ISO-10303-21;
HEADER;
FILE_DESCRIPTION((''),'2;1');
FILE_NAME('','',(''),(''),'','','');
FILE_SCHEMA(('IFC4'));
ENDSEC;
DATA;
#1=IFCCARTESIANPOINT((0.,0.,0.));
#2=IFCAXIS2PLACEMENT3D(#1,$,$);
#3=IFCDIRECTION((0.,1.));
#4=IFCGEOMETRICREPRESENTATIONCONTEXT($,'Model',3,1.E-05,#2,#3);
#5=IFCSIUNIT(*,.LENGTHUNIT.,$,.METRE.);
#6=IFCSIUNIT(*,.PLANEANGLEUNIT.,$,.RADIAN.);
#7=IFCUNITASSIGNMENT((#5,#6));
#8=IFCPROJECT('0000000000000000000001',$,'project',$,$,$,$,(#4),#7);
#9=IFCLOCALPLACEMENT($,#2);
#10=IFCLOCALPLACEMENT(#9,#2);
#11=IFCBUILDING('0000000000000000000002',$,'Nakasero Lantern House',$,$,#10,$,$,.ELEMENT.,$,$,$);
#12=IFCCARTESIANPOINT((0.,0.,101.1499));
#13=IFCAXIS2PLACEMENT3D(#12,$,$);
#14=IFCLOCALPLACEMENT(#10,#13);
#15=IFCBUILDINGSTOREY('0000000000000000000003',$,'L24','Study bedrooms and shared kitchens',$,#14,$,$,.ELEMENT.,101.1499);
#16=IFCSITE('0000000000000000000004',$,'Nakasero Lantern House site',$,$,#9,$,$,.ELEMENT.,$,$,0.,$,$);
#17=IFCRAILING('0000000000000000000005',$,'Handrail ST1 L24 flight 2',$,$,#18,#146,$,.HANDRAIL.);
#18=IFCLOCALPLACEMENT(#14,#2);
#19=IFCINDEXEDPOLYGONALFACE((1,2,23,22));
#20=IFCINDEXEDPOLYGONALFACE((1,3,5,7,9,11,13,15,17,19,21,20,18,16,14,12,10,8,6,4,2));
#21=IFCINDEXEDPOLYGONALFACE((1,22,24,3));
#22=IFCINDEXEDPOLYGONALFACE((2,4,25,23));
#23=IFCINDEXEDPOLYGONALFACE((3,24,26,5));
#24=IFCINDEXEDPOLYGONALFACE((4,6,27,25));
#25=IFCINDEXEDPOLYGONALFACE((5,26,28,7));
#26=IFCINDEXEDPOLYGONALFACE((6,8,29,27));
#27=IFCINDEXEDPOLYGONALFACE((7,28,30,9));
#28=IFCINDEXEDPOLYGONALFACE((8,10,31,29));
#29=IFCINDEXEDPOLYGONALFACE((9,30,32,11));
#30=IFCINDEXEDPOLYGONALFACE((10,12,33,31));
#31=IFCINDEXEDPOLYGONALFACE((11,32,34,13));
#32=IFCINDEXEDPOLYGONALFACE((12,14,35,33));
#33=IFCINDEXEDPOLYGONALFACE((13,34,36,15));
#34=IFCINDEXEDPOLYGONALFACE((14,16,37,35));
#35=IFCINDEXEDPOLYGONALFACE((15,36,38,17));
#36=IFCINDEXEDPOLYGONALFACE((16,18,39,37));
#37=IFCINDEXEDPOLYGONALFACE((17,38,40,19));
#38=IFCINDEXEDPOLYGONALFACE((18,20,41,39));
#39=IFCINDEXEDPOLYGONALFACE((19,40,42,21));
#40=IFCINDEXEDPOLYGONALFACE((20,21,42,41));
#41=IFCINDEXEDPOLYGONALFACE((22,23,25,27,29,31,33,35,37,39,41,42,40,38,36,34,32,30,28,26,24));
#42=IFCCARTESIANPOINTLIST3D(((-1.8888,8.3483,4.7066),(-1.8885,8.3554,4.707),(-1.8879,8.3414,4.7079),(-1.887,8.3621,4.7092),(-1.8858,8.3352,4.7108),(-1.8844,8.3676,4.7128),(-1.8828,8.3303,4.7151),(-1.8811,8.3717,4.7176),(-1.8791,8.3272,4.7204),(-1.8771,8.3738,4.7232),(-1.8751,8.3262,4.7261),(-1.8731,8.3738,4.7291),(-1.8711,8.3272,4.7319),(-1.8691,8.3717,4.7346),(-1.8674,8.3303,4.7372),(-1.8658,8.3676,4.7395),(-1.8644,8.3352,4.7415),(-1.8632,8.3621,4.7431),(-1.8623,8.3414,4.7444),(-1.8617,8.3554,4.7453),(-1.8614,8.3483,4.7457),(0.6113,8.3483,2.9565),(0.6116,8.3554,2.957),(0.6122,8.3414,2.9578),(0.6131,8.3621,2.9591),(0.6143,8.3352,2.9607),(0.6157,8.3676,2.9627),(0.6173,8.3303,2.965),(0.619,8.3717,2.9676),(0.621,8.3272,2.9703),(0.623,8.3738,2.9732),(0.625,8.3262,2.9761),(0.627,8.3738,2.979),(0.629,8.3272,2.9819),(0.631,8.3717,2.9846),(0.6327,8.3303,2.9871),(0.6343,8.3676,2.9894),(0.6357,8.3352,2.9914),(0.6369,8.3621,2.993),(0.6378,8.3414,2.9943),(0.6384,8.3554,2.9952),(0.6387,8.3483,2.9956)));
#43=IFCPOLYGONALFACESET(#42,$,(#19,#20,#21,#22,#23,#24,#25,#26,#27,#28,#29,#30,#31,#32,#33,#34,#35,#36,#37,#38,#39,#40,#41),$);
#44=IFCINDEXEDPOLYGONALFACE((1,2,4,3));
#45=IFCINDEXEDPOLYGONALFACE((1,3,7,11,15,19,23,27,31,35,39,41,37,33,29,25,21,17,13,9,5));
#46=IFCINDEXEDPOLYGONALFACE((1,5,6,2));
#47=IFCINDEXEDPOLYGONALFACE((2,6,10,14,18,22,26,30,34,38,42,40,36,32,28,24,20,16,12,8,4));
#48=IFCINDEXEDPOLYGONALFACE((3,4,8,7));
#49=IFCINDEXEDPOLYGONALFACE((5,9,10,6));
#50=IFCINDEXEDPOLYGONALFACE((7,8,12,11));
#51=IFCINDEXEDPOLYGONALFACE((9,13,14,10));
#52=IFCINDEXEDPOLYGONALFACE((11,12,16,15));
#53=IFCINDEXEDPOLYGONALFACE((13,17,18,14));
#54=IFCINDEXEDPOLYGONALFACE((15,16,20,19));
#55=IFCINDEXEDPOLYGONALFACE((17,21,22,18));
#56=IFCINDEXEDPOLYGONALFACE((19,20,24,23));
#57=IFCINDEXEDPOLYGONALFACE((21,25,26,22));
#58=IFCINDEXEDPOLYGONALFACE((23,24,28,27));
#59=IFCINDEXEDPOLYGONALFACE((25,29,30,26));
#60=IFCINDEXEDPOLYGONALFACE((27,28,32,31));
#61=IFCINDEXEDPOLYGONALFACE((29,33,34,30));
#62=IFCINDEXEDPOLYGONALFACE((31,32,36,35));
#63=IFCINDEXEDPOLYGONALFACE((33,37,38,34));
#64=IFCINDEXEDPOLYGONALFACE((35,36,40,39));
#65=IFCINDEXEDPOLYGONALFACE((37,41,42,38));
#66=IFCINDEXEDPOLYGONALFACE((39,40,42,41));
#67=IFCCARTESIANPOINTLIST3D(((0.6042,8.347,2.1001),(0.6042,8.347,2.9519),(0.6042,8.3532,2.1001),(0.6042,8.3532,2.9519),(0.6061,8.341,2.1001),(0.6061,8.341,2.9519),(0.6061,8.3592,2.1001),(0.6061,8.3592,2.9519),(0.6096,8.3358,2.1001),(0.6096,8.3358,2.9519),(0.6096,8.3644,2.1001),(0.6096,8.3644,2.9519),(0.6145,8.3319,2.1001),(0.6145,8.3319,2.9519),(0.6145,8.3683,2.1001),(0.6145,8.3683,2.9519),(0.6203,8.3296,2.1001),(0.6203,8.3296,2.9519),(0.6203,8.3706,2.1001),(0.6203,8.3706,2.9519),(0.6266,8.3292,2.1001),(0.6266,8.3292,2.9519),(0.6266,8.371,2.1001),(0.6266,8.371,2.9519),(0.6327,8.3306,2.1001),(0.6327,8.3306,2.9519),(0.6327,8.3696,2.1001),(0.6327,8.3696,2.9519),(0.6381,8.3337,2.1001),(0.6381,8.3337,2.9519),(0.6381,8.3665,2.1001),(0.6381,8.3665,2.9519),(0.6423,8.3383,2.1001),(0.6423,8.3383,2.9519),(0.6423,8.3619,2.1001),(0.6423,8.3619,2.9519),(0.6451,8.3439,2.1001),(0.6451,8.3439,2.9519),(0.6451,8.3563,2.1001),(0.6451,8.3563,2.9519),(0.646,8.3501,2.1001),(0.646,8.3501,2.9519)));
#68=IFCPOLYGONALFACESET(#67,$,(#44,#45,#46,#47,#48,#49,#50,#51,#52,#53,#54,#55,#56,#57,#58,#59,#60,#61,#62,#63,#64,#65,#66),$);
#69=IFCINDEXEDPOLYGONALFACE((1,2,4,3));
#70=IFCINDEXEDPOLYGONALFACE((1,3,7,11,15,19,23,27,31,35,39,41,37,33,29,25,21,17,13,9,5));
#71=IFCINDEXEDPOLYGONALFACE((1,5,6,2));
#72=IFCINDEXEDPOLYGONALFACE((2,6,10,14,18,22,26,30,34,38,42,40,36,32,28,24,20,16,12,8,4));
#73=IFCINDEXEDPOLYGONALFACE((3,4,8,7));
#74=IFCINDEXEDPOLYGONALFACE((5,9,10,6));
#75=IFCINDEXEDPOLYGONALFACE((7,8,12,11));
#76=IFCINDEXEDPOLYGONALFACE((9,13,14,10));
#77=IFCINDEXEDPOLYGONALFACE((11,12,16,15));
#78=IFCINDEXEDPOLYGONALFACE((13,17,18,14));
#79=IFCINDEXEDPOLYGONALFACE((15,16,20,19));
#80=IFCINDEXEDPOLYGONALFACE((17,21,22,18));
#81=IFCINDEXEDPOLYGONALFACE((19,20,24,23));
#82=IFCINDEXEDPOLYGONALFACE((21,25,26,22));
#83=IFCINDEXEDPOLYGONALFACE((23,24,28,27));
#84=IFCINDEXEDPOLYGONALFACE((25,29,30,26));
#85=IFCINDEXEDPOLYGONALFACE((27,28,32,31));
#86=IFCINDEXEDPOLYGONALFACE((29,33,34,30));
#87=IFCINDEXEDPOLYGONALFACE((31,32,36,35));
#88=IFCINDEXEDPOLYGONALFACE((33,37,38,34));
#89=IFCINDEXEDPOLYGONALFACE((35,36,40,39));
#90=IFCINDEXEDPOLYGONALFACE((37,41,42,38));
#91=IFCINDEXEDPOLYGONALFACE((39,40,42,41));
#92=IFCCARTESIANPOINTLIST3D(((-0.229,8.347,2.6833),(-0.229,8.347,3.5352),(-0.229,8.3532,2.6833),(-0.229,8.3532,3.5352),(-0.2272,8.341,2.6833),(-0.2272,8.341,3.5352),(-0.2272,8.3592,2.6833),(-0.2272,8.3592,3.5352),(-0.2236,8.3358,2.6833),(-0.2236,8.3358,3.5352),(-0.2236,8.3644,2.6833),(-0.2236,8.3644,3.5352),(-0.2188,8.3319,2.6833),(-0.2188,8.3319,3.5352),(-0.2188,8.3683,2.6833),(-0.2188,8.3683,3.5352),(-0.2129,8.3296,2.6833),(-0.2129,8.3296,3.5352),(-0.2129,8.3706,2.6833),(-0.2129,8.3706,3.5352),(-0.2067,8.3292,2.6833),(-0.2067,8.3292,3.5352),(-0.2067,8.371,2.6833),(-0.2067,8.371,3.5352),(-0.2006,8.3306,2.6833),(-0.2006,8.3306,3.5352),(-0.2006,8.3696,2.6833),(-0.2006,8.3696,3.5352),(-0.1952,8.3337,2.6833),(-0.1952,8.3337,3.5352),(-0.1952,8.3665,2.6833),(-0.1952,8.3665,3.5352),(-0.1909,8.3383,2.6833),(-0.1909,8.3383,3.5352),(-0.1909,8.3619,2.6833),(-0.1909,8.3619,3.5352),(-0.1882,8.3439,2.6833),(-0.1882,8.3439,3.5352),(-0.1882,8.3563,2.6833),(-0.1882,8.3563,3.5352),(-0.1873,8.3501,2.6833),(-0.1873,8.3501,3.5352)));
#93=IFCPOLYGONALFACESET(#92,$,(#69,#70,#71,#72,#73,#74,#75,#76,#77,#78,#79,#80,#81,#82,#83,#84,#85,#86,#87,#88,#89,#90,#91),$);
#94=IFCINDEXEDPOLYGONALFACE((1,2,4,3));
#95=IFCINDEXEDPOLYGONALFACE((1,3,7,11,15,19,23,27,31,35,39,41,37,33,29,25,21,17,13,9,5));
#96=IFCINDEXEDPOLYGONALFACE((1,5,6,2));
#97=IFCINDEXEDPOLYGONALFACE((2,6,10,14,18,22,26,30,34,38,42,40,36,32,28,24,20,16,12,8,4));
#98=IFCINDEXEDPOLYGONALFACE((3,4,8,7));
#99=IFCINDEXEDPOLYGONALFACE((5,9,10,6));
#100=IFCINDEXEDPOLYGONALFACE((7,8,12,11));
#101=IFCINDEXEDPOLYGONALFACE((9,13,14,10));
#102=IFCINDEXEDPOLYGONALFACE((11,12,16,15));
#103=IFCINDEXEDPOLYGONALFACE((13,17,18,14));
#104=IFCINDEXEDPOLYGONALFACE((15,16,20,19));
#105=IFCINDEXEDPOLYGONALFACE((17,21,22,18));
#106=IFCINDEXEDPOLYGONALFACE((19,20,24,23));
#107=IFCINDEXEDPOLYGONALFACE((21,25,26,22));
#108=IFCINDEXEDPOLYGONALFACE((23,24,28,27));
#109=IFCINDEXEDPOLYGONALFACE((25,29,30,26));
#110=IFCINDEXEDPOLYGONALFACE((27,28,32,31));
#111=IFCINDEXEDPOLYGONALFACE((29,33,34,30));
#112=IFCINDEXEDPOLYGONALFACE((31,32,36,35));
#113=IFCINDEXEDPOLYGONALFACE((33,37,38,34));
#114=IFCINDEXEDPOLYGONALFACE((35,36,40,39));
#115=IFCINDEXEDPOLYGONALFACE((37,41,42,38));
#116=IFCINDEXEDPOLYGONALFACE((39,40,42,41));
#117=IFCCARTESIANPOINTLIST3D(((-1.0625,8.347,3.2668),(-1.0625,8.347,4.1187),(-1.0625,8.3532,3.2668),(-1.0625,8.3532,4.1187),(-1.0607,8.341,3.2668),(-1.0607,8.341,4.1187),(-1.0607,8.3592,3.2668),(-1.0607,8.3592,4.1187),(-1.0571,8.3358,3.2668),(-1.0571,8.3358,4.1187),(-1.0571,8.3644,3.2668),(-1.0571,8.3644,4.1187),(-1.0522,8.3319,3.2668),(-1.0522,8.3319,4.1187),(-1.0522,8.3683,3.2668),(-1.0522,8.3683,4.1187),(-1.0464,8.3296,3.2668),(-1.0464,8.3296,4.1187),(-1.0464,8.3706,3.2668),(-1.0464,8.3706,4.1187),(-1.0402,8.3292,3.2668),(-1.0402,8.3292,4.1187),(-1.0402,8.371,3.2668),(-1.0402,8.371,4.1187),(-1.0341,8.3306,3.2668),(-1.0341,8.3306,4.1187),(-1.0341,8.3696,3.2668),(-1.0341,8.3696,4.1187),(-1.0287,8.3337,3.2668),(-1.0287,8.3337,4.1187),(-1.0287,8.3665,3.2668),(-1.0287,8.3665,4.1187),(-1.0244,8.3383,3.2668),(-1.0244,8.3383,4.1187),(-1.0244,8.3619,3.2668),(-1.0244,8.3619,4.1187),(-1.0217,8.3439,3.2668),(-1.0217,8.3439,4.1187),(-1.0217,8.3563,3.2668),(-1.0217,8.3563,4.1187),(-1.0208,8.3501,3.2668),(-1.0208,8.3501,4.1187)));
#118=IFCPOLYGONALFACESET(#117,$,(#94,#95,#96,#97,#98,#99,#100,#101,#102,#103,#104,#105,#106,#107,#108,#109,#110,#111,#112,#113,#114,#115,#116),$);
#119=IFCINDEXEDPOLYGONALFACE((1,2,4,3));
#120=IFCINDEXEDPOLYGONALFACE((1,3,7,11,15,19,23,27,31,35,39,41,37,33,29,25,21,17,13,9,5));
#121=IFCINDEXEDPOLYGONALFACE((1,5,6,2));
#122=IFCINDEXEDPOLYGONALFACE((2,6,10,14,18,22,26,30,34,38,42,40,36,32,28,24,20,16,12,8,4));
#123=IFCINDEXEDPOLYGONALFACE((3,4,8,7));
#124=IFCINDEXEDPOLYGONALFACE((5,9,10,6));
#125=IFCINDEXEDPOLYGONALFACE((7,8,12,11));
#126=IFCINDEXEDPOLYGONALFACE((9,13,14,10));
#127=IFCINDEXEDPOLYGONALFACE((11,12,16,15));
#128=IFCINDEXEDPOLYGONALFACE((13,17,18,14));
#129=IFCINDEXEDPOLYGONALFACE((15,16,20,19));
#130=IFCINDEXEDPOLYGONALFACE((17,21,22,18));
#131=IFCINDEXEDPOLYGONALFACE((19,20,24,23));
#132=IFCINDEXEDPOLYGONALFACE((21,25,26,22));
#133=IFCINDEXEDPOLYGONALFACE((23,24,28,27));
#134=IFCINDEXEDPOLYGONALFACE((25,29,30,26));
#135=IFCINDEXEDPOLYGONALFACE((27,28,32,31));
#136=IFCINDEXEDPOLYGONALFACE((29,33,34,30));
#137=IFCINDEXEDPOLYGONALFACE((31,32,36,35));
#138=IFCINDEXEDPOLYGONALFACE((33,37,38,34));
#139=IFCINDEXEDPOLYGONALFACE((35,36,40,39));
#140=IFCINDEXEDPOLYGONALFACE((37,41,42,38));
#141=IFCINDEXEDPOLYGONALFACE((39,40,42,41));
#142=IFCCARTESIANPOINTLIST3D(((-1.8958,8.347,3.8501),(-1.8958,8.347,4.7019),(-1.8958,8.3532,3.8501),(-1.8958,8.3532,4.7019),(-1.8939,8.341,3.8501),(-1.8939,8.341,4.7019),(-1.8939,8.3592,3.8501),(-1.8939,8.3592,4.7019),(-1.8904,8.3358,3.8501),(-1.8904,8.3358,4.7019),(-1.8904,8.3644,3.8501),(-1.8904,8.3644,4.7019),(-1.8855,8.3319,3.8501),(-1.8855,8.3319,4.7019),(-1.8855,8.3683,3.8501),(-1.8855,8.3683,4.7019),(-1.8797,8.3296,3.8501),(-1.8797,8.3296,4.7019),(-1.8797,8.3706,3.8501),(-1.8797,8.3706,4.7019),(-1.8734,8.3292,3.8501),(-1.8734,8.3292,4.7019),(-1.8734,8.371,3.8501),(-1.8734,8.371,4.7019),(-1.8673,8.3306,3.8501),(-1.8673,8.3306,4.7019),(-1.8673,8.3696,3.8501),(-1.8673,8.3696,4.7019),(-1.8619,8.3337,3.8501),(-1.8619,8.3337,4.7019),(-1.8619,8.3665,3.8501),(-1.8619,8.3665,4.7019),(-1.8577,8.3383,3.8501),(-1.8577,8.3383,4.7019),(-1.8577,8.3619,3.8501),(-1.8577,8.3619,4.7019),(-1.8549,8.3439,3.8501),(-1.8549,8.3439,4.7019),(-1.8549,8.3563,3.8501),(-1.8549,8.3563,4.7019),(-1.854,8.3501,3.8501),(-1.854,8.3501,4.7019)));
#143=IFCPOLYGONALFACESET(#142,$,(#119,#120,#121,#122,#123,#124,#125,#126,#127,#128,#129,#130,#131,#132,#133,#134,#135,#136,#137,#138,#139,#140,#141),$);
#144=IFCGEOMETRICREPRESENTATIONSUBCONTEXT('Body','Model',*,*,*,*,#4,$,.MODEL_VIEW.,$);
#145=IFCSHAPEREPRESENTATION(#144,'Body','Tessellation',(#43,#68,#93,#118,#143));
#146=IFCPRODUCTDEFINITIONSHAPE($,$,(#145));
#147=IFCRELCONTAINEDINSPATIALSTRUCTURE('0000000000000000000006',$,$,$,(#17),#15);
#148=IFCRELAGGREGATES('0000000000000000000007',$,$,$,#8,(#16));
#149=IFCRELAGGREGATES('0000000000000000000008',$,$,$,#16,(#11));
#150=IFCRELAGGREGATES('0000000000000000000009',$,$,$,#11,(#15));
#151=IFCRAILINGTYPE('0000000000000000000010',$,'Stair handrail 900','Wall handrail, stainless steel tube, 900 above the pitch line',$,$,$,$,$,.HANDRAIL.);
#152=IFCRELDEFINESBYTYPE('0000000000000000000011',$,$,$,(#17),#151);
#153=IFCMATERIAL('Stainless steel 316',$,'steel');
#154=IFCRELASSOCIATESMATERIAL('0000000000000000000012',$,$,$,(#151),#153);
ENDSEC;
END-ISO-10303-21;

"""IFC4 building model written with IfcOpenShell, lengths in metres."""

from ifc_helpers import new_model, si_unit, direction, frame, origin, origin_2d, place, context, subcontext, project, spatial, circle, extrude, material, type_object, element, save


model = new_model("IFC4")

# Units and contexts
model_context = context("Model", 3, precision=1e-05, world=origin(), true_north=direction((0.0, 1.0)))
body_context = subcontext(model_context, "Body", "Model", "MODEL_VIEW")
ifc_project = project(units=[si_unit("LENGTHUNIT", "METRE"), si_unit("PLANEANGLEUNIT", "RADIAN")], contexts=[model_context])

# Site, building, storey
site_placement = place(None, origin())
site = spatial("IfcSite", under=ifc_project, at=site_placement, Name="Nakasero Lantern House site", CompositionType="ELEMENT", RefElevation=0.0)
building_placement = place(site_placement, origin())
building = spatial("IfcBuilding", under=site, at=building_placement, Name="Nakasero Lantern House", CompositionType="ELEMENT")
storey_placement = place(building_placement, frame((0.0, 0.0, 101.1499)))
storey = spatial("IfcBuildingStorey", under=building, at=storey_placement, Name="L24", Description="Study bedrooms and shared kitchens", CompositionType="ELEMENT", Elevation=101.1499)

# Railing
ifc_material_1 = material(Name="Stainless steel 316", Category="steel")
railing_type = type_object("IfcRailingType", Name="Stair handrail 900", Description="Wall handrail, stainless steel tube, 900 above the pitch line", PredefinedType="HANDRAIL", material=ifc_material_1)
railing_placement = place(storey_placement, frame((0.625, 8.3501, 2.1001)))
element("IfcRailing", 1, at=railing_placement, inside=storey, type_object=railing_type, Name="Handrail ST1 L24 flight 2", PredefinedType="HANDRAIL", context=body_context, shape_type="SweptSolid", body=[
    extrude(circle(Radius=0.0239, at=origin_2d()), frame((0.0, 0.0, 0.876), z_axis=(-0.819232, 0.0, 0.573462), x_axis=(0.0, -1.0, 0.0)), (0.0, 0.0, 1.0), 3.0518),
    extrude(circle(Radius=0.021, at=origin_2d()), origin(), (0.0, 0.0, 1.0), 0.8518),
    extrude(circle(Radius=0.021, at=origin_2d()), frame((-0.8333, 0.0, 0.5833)), (0.0, 0.0, 1.0), 0.8518),
    extrude(circle(Radius=0.021, at=origin_2d()), frame((-1.6667, 0.0, 1.1667)), (0.0, 0.0, 1.0), 0.8518),
    extrude(circle(Radius=0.021, at=origin_2d()), frame((-2.5, 0.0, 1.75)), (0.0, 0.0, 1.0), 0.8518),
])

save(model, "model.ifc")
